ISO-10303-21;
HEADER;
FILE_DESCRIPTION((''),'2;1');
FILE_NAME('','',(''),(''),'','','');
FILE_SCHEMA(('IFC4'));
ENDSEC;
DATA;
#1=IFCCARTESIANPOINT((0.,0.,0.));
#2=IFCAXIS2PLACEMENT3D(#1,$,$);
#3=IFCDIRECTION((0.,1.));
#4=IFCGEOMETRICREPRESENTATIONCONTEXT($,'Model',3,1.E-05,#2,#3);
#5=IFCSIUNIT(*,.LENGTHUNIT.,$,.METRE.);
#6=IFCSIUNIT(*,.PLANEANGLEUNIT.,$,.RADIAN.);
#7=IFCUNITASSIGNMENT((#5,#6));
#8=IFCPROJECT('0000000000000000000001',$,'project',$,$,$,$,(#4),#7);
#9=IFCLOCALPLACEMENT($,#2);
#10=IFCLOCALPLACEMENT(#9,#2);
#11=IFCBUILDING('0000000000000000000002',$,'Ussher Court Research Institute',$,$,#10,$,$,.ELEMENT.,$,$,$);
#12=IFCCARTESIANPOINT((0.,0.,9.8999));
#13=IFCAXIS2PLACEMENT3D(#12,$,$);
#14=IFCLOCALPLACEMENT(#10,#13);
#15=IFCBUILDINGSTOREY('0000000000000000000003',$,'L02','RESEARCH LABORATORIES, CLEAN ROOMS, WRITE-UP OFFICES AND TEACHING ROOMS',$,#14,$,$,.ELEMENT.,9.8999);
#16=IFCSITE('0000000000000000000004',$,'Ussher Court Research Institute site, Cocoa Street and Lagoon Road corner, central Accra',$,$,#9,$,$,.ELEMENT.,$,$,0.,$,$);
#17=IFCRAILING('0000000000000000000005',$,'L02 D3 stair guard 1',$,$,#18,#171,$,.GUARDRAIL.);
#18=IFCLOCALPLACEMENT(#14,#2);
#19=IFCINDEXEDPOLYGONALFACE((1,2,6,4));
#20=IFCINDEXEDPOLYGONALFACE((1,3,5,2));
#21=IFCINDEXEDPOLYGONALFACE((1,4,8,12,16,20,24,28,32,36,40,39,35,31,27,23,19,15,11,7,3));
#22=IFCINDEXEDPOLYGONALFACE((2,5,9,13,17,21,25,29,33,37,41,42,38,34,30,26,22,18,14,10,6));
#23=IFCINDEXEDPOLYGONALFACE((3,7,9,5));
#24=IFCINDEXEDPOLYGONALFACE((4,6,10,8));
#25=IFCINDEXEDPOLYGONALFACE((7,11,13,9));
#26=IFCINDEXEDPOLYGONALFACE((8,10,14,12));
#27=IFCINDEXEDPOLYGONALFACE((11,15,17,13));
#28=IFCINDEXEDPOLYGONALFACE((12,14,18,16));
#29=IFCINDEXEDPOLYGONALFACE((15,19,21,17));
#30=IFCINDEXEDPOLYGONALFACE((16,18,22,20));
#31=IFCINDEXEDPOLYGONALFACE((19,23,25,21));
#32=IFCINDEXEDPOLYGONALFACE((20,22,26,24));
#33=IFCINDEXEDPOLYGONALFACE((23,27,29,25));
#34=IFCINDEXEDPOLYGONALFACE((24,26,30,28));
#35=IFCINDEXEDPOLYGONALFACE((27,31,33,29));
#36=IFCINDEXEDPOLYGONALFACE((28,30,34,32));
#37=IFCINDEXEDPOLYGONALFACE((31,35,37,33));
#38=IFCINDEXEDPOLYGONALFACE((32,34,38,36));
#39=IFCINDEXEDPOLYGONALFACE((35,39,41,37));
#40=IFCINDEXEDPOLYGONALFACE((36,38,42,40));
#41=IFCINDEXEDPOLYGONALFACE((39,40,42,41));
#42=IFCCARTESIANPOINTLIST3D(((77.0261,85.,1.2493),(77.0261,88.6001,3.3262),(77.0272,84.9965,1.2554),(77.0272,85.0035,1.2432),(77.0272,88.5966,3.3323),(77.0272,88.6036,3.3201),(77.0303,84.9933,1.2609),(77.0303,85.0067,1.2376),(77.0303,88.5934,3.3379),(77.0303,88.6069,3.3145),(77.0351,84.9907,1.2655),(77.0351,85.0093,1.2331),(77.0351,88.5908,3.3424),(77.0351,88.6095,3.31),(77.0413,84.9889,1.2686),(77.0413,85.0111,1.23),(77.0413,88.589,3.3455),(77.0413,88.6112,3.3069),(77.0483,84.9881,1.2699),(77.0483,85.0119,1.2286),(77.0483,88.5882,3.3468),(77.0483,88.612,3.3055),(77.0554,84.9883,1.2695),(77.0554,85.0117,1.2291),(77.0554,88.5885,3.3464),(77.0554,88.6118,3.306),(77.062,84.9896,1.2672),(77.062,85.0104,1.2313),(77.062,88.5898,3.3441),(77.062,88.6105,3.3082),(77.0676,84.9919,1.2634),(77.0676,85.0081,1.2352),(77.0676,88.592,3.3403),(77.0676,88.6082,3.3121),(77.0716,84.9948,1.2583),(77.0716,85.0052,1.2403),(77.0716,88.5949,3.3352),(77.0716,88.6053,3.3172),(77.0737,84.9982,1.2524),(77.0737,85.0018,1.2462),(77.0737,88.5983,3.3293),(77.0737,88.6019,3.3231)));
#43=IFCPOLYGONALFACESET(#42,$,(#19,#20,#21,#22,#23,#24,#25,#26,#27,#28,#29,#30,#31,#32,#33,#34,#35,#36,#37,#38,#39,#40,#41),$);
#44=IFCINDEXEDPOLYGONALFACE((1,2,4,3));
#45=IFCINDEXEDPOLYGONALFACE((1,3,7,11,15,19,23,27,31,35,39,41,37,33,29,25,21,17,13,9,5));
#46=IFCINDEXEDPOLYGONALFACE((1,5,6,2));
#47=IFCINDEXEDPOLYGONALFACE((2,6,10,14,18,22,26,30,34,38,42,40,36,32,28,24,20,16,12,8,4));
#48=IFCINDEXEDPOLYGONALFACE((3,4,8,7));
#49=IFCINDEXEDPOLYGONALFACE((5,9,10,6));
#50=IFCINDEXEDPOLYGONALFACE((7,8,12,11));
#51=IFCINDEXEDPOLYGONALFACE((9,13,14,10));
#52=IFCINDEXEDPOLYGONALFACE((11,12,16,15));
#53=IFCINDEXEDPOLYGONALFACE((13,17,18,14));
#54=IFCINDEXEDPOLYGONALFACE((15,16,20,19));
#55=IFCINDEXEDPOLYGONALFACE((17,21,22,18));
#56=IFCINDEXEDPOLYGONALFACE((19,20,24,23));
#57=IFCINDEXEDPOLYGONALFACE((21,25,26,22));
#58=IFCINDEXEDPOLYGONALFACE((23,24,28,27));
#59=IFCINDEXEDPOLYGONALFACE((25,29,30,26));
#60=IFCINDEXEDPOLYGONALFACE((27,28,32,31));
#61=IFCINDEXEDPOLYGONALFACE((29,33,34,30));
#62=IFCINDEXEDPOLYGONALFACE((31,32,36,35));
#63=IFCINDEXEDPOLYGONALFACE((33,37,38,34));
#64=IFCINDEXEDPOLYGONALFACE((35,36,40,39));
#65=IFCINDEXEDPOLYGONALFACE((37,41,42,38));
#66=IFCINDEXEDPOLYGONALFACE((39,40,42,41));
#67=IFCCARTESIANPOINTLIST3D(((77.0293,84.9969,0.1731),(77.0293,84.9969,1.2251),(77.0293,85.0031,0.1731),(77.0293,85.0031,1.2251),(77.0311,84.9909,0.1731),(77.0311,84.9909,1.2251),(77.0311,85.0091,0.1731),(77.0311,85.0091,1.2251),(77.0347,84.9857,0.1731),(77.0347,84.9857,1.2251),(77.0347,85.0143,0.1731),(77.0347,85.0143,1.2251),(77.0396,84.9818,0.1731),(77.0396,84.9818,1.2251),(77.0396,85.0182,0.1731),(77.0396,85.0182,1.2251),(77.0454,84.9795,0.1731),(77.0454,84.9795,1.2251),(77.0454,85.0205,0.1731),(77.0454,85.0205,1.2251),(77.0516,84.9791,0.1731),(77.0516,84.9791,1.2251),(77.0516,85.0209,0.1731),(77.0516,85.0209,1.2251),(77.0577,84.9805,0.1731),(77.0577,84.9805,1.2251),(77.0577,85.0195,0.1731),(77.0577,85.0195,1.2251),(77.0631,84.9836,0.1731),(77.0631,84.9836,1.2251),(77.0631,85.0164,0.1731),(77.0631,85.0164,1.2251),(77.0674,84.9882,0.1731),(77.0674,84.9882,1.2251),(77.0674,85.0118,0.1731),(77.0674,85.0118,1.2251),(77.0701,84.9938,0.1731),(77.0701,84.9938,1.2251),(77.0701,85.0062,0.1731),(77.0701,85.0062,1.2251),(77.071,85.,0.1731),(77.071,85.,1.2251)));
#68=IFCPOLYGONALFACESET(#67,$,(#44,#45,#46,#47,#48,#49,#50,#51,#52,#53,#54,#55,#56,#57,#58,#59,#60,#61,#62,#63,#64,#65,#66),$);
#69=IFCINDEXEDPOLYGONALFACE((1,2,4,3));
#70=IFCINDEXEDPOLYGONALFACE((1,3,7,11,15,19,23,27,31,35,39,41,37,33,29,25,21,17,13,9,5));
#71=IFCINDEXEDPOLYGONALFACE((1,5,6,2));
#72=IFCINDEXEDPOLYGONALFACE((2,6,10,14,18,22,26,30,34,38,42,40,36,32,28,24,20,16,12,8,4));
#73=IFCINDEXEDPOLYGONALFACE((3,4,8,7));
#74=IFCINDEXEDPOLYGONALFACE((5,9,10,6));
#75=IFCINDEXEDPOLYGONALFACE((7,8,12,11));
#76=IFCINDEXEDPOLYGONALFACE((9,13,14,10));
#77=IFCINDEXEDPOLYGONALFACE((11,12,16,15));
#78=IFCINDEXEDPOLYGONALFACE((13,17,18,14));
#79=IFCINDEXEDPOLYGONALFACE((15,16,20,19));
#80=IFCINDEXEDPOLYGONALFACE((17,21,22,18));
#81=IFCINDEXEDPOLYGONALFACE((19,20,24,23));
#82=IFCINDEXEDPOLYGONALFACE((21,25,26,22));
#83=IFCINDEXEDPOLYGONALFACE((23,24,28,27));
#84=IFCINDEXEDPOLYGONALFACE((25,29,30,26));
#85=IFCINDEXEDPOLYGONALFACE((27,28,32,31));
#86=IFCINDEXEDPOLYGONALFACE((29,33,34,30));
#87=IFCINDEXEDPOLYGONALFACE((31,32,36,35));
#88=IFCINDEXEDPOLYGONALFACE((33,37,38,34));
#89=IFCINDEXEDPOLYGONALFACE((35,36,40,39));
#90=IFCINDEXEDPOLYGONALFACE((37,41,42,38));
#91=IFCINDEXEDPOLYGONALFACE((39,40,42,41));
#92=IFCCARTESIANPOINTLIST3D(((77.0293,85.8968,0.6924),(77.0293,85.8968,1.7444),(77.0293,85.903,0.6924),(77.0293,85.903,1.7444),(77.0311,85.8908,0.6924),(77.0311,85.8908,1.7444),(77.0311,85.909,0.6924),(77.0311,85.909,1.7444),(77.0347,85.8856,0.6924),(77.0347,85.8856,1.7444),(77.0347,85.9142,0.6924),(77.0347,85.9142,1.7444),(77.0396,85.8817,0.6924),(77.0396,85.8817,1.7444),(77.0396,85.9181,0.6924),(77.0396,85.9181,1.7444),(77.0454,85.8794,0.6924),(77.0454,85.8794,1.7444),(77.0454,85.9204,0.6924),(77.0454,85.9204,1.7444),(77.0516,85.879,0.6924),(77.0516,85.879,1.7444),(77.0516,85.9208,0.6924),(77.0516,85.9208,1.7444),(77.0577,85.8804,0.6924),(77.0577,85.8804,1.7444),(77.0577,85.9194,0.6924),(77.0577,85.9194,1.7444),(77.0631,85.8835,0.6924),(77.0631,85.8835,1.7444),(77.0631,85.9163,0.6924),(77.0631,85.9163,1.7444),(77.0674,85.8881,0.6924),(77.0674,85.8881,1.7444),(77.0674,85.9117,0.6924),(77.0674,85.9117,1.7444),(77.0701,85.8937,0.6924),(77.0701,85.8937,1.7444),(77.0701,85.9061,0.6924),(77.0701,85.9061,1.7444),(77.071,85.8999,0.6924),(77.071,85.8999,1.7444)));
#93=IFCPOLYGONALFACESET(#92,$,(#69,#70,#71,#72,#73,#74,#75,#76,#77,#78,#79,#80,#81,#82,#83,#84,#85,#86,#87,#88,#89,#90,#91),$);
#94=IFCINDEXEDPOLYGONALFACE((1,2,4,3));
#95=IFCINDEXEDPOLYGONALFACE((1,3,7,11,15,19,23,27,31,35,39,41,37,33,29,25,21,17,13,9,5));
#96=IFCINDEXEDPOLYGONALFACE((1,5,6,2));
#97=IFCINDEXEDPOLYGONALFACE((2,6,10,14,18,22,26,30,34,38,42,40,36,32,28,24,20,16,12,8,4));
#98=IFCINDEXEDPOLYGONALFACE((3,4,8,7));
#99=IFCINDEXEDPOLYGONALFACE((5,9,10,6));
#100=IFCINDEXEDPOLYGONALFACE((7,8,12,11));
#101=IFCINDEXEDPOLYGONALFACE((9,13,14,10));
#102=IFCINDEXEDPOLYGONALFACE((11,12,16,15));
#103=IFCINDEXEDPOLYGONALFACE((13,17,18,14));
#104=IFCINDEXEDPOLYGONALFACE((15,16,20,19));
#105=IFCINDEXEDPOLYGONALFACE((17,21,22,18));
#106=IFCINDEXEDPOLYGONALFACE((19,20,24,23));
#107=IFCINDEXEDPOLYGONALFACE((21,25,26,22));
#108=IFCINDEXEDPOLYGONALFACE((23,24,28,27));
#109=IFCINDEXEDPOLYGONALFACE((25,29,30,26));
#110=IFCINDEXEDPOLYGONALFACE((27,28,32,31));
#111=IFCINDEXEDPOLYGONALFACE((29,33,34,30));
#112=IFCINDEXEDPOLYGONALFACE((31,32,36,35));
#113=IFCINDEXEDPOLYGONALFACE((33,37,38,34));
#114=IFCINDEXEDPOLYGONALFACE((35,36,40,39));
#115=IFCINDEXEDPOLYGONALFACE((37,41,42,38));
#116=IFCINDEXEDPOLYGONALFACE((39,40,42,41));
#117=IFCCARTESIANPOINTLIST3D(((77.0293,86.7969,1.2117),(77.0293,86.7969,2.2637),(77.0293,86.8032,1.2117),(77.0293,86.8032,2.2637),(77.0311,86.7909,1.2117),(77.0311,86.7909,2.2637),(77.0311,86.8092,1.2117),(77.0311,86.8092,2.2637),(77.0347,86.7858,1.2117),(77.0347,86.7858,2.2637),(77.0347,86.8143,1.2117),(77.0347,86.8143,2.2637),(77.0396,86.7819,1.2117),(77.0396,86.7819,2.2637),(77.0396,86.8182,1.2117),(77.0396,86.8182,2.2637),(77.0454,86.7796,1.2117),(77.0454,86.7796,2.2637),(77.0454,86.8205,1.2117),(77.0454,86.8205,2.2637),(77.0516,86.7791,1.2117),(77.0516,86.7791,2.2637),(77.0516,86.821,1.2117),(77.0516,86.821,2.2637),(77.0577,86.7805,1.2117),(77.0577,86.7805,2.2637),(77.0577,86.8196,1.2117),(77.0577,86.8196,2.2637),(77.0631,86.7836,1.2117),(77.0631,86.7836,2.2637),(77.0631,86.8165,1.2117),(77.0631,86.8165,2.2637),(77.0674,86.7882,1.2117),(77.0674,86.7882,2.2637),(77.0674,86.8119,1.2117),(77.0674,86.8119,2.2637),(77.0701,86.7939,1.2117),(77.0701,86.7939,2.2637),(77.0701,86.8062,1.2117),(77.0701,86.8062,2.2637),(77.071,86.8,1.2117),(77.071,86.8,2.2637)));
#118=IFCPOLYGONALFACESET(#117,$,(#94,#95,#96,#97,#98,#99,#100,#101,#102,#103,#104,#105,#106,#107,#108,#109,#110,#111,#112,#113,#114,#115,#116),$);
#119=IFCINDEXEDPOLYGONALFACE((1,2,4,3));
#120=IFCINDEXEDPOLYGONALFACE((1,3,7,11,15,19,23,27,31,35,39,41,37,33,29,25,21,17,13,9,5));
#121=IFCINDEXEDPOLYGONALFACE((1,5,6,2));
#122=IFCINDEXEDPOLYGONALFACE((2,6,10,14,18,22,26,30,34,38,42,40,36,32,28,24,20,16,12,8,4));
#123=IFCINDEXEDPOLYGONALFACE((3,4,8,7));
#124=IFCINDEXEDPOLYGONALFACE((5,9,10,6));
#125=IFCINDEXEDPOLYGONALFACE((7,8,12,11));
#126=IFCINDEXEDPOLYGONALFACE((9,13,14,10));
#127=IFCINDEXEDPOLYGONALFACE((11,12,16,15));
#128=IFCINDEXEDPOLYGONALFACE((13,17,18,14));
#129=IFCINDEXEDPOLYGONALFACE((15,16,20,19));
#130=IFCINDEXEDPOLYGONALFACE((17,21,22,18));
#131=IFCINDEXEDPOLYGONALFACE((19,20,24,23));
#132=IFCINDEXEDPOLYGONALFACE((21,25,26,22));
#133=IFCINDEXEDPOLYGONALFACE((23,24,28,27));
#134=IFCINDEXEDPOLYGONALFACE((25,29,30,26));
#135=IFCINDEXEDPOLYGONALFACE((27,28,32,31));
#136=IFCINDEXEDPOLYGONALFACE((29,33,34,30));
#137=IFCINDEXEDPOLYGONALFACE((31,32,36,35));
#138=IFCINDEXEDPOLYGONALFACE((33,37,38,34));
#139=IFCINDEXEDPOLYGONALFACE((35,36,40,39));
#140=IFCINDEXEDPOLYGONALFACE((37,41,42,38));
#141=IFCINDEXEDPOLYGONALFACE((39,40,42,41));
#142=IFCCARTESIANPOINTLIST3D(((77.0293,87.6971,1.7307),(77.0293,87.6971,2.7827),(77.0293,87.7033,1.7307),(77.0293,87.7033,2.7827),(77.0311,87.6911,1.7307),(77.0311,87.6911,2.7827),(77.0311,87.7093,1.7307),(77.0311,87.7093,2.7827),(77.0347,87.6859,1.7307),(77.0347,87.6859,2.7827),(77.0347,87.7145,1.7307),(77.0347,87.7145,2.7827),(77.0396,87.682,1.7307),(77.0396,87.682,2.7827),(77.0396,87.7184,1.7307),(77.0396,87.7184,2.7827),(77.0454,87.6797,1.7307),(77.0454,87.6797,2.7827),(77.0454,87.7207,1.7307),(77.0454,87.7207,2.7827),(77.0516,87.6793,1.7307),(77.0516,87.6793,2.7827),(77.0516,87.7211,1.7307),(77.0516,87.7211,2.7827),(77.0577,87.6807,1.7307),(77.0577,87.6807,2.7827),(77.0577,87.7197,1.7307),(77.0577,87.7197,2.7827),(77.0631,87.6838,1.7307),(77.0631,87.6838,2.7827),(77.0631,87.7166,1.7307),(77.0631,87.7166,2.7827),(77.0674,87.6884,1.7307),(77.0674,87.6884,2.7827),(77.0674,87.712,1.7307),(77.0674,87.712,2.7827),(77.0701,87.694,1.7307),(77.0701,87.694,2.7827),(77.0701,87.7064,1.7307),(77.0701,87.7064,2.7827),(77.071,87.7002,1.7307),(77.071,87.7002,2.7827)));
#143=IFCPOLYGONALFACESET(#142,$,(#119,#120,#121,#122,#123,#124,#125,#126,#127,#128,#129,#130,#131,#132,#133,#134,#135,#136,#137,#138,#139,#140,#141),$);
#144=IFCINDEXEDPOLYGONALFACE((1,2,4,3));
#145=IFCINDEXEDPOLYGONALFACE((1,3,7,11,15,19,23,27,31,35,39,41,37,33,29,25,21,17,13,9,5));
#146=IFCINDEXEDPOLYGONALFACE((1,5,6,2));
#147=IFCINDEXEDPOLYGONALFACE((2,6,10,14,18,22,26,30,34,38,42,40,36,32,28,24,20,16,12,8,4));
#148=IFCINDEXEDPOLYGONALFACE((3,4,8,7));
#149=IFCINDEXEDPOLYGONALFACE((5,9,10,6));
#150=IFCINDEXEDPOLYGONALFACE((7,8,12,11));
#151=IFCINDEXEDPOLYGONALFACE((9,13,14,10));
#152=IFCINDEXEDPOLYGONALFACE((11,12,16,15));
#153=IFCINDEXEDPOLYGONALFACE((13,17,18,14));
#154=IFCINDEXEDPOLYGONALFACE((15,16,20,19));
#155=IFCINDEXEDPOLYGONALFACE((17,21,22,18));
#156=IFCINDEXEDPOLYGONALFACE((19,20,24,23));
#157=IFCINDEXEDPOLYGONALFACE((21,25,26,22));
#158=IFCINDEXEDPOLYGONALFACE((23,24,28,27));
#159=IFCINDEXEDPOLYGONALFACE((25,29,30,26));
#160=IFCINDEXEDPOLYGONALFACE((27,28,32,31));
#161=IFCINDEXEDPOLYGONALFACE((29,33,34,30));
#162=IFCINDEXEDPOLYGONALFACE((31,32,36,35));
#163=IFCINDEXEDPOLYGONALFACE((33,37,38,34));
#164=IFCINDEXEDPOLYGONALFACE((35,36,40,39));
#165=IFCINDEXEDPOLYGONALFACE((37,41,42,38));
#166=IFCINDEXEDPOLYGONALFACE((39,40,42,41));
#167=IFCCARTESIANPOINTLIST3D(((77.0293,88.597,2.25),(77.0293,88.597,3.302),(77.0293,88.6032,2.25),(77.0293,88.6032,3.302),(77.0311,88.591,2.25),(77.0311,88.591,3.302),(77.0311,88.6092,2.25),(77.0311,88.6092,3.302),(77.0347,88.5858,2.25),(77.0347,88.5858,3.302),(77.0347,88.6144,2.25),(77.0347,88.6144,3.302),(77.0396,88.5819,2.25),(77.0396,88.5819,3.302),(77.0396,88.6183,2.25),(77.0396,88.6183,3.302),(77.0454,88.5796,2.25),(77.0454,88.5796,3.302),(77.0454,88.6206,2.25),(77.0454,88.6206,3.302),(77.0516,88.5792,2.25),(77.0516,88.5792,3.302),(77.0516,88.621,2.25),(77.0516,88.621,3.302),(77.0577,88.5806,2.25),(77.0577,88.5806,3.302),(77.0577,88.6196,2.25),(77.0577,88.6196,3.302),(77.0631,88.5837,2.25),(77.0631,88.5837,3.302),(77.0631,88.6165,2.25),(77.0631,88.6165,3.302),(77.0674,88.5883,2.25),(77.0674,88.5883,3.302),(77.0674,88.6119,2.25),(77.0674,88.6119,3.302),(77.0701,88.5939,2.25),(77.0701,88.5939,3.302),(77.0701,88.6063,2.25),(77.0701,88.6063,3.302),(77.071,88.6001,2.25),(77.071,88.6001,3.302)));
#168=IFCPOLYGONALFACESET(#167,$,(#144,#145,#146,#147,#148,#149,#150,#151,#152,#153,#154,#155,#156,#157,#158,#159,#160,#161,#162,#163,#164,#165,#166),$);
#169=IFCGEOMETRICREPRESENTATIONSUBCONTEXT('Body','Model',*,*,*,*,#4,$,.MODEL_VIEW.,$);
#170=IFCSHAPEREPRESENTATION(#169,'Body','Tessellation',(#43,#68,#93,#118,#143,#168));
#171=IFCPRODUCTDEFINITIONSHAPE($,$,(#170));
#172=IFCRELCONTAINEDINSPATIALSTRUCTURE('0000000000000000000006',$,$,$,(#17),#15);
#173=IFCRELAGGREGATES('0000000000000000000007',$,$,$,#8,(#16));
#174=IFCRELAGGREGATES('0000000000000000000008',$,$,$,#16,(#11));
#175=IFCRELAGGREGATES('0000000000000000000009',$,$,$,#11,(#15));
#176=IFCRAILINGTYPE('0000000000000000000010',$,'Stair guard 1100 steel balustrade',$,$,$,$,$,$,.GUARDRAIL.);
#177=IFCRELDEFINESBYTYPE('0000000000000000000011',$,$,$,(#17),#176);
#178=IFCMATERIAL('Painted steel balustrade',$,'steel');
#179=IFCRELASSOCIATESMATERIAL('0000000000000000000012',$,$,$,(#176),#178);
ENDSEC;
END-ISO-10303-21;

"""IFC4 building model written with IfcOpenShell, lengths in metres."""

from ifc_helpers import new_model, si_unit, direction, frame, origin, origin_2d, place, context, subcontext, project, spatial, circle, extrude, material, type_object, element, save


model = new_model("IFC4")

# Units and contexts
model_context = context("Model", 3, precision=1e-05, world=origin(), true_north=direction((0.0, 1.0)))
body_context = subcontext(model_context, "Body", "Model", "MODEL_VIEW")
ifc_project = project(units=[si_unit("LENGTHUNIT", "METRE"), si_unit("PLANEANGLEUNIT", "RADIAN")], contexts=[model_context])

# Site, building, storey
site_placement = place(None, origin())
site = spatial("IfcSite", under=ifc_project, at=site_placement, Name="Ussher Court Research Institute site, Cocoa Street and Lagoon Road corner, central Accra", CompositionType="ELEMENT", RefElevation=0.0)
building_placement = place(site_placement, origin())
building = spatial("IfcBuilding", under=site, at=building_placement, Name="Ussher Court Research Institute", CompositionType="ELEMENT")
storey_placement = place(building_placement, frame((0.0, 0.0, 9.8999)))
storey = spatial("IfcBuildingStorey", under=building, at=storey_placement, Name="L02", Description="RESEARCH LABORATORIES, CLEAN ROOMS, WRITE-UP OFFICES AND TEACHING ROOMS", CompositionType="ELEMENT", Elevation=9.8999)

# Railing
ifc_material_1 = material(Name="Painted steel balustrade", Category="steel")
railing_type_1 = type_object("IfcRailingType", Name="Stair guard 1100 steel balustrade", PredefinedType="GUARDRAIL", material=ifc_material_1)
railing_1_placement = place(storey_placement, frame((77.05, 85.0, 0.1731)))
element("IfcRailing", 1, at=railing_1_placement, inside=storey, type_object=railing_type_1, Name="L02 D3 stair guard 1", PredefinedType="GUARDRAIL", context=body_context, shape_type="SweptSolid", body=[
    extrude(circle(Radius=0.0239, at=origin_2d()), frame((0.0, 0.0, 1.0762), z_axis=(0.0, 0.866193, 0.499709), x_axis=(-1.0, 0.0, 0.0)), (0.0, 0.0, 1.0), 4.1562),
    extrude(circle(Radius=0.021, at=origin_2d()), origin(), (0.0, 0.0, 1.0), 1.052),
    extrude(circle(Radius=0.021, at=origin_2d()), frame((0.0, 0.8999, 0.5193)), (0.0, 0.0, 1.0), 1.052),
    extrude(circle(Radius=0.021, at=origin_2d()), frame((0.0, 1.8, 1.0386)), (0.0, 0.0, 1.0), 1.052),
    extrude(circle(Radius=0.021, at=origin_2d()), frame((0.0, 2.7002, 1.5576)), (0.0, 0.0, 1.0), 1.052),
    extrude(circle(Radius=0.021, at=origin_2d()), frame((0.0, 3.6001, 2.0769)), (0.0, 0.0, 1.0), 1.052),
])

save(model, "model.ifc")
